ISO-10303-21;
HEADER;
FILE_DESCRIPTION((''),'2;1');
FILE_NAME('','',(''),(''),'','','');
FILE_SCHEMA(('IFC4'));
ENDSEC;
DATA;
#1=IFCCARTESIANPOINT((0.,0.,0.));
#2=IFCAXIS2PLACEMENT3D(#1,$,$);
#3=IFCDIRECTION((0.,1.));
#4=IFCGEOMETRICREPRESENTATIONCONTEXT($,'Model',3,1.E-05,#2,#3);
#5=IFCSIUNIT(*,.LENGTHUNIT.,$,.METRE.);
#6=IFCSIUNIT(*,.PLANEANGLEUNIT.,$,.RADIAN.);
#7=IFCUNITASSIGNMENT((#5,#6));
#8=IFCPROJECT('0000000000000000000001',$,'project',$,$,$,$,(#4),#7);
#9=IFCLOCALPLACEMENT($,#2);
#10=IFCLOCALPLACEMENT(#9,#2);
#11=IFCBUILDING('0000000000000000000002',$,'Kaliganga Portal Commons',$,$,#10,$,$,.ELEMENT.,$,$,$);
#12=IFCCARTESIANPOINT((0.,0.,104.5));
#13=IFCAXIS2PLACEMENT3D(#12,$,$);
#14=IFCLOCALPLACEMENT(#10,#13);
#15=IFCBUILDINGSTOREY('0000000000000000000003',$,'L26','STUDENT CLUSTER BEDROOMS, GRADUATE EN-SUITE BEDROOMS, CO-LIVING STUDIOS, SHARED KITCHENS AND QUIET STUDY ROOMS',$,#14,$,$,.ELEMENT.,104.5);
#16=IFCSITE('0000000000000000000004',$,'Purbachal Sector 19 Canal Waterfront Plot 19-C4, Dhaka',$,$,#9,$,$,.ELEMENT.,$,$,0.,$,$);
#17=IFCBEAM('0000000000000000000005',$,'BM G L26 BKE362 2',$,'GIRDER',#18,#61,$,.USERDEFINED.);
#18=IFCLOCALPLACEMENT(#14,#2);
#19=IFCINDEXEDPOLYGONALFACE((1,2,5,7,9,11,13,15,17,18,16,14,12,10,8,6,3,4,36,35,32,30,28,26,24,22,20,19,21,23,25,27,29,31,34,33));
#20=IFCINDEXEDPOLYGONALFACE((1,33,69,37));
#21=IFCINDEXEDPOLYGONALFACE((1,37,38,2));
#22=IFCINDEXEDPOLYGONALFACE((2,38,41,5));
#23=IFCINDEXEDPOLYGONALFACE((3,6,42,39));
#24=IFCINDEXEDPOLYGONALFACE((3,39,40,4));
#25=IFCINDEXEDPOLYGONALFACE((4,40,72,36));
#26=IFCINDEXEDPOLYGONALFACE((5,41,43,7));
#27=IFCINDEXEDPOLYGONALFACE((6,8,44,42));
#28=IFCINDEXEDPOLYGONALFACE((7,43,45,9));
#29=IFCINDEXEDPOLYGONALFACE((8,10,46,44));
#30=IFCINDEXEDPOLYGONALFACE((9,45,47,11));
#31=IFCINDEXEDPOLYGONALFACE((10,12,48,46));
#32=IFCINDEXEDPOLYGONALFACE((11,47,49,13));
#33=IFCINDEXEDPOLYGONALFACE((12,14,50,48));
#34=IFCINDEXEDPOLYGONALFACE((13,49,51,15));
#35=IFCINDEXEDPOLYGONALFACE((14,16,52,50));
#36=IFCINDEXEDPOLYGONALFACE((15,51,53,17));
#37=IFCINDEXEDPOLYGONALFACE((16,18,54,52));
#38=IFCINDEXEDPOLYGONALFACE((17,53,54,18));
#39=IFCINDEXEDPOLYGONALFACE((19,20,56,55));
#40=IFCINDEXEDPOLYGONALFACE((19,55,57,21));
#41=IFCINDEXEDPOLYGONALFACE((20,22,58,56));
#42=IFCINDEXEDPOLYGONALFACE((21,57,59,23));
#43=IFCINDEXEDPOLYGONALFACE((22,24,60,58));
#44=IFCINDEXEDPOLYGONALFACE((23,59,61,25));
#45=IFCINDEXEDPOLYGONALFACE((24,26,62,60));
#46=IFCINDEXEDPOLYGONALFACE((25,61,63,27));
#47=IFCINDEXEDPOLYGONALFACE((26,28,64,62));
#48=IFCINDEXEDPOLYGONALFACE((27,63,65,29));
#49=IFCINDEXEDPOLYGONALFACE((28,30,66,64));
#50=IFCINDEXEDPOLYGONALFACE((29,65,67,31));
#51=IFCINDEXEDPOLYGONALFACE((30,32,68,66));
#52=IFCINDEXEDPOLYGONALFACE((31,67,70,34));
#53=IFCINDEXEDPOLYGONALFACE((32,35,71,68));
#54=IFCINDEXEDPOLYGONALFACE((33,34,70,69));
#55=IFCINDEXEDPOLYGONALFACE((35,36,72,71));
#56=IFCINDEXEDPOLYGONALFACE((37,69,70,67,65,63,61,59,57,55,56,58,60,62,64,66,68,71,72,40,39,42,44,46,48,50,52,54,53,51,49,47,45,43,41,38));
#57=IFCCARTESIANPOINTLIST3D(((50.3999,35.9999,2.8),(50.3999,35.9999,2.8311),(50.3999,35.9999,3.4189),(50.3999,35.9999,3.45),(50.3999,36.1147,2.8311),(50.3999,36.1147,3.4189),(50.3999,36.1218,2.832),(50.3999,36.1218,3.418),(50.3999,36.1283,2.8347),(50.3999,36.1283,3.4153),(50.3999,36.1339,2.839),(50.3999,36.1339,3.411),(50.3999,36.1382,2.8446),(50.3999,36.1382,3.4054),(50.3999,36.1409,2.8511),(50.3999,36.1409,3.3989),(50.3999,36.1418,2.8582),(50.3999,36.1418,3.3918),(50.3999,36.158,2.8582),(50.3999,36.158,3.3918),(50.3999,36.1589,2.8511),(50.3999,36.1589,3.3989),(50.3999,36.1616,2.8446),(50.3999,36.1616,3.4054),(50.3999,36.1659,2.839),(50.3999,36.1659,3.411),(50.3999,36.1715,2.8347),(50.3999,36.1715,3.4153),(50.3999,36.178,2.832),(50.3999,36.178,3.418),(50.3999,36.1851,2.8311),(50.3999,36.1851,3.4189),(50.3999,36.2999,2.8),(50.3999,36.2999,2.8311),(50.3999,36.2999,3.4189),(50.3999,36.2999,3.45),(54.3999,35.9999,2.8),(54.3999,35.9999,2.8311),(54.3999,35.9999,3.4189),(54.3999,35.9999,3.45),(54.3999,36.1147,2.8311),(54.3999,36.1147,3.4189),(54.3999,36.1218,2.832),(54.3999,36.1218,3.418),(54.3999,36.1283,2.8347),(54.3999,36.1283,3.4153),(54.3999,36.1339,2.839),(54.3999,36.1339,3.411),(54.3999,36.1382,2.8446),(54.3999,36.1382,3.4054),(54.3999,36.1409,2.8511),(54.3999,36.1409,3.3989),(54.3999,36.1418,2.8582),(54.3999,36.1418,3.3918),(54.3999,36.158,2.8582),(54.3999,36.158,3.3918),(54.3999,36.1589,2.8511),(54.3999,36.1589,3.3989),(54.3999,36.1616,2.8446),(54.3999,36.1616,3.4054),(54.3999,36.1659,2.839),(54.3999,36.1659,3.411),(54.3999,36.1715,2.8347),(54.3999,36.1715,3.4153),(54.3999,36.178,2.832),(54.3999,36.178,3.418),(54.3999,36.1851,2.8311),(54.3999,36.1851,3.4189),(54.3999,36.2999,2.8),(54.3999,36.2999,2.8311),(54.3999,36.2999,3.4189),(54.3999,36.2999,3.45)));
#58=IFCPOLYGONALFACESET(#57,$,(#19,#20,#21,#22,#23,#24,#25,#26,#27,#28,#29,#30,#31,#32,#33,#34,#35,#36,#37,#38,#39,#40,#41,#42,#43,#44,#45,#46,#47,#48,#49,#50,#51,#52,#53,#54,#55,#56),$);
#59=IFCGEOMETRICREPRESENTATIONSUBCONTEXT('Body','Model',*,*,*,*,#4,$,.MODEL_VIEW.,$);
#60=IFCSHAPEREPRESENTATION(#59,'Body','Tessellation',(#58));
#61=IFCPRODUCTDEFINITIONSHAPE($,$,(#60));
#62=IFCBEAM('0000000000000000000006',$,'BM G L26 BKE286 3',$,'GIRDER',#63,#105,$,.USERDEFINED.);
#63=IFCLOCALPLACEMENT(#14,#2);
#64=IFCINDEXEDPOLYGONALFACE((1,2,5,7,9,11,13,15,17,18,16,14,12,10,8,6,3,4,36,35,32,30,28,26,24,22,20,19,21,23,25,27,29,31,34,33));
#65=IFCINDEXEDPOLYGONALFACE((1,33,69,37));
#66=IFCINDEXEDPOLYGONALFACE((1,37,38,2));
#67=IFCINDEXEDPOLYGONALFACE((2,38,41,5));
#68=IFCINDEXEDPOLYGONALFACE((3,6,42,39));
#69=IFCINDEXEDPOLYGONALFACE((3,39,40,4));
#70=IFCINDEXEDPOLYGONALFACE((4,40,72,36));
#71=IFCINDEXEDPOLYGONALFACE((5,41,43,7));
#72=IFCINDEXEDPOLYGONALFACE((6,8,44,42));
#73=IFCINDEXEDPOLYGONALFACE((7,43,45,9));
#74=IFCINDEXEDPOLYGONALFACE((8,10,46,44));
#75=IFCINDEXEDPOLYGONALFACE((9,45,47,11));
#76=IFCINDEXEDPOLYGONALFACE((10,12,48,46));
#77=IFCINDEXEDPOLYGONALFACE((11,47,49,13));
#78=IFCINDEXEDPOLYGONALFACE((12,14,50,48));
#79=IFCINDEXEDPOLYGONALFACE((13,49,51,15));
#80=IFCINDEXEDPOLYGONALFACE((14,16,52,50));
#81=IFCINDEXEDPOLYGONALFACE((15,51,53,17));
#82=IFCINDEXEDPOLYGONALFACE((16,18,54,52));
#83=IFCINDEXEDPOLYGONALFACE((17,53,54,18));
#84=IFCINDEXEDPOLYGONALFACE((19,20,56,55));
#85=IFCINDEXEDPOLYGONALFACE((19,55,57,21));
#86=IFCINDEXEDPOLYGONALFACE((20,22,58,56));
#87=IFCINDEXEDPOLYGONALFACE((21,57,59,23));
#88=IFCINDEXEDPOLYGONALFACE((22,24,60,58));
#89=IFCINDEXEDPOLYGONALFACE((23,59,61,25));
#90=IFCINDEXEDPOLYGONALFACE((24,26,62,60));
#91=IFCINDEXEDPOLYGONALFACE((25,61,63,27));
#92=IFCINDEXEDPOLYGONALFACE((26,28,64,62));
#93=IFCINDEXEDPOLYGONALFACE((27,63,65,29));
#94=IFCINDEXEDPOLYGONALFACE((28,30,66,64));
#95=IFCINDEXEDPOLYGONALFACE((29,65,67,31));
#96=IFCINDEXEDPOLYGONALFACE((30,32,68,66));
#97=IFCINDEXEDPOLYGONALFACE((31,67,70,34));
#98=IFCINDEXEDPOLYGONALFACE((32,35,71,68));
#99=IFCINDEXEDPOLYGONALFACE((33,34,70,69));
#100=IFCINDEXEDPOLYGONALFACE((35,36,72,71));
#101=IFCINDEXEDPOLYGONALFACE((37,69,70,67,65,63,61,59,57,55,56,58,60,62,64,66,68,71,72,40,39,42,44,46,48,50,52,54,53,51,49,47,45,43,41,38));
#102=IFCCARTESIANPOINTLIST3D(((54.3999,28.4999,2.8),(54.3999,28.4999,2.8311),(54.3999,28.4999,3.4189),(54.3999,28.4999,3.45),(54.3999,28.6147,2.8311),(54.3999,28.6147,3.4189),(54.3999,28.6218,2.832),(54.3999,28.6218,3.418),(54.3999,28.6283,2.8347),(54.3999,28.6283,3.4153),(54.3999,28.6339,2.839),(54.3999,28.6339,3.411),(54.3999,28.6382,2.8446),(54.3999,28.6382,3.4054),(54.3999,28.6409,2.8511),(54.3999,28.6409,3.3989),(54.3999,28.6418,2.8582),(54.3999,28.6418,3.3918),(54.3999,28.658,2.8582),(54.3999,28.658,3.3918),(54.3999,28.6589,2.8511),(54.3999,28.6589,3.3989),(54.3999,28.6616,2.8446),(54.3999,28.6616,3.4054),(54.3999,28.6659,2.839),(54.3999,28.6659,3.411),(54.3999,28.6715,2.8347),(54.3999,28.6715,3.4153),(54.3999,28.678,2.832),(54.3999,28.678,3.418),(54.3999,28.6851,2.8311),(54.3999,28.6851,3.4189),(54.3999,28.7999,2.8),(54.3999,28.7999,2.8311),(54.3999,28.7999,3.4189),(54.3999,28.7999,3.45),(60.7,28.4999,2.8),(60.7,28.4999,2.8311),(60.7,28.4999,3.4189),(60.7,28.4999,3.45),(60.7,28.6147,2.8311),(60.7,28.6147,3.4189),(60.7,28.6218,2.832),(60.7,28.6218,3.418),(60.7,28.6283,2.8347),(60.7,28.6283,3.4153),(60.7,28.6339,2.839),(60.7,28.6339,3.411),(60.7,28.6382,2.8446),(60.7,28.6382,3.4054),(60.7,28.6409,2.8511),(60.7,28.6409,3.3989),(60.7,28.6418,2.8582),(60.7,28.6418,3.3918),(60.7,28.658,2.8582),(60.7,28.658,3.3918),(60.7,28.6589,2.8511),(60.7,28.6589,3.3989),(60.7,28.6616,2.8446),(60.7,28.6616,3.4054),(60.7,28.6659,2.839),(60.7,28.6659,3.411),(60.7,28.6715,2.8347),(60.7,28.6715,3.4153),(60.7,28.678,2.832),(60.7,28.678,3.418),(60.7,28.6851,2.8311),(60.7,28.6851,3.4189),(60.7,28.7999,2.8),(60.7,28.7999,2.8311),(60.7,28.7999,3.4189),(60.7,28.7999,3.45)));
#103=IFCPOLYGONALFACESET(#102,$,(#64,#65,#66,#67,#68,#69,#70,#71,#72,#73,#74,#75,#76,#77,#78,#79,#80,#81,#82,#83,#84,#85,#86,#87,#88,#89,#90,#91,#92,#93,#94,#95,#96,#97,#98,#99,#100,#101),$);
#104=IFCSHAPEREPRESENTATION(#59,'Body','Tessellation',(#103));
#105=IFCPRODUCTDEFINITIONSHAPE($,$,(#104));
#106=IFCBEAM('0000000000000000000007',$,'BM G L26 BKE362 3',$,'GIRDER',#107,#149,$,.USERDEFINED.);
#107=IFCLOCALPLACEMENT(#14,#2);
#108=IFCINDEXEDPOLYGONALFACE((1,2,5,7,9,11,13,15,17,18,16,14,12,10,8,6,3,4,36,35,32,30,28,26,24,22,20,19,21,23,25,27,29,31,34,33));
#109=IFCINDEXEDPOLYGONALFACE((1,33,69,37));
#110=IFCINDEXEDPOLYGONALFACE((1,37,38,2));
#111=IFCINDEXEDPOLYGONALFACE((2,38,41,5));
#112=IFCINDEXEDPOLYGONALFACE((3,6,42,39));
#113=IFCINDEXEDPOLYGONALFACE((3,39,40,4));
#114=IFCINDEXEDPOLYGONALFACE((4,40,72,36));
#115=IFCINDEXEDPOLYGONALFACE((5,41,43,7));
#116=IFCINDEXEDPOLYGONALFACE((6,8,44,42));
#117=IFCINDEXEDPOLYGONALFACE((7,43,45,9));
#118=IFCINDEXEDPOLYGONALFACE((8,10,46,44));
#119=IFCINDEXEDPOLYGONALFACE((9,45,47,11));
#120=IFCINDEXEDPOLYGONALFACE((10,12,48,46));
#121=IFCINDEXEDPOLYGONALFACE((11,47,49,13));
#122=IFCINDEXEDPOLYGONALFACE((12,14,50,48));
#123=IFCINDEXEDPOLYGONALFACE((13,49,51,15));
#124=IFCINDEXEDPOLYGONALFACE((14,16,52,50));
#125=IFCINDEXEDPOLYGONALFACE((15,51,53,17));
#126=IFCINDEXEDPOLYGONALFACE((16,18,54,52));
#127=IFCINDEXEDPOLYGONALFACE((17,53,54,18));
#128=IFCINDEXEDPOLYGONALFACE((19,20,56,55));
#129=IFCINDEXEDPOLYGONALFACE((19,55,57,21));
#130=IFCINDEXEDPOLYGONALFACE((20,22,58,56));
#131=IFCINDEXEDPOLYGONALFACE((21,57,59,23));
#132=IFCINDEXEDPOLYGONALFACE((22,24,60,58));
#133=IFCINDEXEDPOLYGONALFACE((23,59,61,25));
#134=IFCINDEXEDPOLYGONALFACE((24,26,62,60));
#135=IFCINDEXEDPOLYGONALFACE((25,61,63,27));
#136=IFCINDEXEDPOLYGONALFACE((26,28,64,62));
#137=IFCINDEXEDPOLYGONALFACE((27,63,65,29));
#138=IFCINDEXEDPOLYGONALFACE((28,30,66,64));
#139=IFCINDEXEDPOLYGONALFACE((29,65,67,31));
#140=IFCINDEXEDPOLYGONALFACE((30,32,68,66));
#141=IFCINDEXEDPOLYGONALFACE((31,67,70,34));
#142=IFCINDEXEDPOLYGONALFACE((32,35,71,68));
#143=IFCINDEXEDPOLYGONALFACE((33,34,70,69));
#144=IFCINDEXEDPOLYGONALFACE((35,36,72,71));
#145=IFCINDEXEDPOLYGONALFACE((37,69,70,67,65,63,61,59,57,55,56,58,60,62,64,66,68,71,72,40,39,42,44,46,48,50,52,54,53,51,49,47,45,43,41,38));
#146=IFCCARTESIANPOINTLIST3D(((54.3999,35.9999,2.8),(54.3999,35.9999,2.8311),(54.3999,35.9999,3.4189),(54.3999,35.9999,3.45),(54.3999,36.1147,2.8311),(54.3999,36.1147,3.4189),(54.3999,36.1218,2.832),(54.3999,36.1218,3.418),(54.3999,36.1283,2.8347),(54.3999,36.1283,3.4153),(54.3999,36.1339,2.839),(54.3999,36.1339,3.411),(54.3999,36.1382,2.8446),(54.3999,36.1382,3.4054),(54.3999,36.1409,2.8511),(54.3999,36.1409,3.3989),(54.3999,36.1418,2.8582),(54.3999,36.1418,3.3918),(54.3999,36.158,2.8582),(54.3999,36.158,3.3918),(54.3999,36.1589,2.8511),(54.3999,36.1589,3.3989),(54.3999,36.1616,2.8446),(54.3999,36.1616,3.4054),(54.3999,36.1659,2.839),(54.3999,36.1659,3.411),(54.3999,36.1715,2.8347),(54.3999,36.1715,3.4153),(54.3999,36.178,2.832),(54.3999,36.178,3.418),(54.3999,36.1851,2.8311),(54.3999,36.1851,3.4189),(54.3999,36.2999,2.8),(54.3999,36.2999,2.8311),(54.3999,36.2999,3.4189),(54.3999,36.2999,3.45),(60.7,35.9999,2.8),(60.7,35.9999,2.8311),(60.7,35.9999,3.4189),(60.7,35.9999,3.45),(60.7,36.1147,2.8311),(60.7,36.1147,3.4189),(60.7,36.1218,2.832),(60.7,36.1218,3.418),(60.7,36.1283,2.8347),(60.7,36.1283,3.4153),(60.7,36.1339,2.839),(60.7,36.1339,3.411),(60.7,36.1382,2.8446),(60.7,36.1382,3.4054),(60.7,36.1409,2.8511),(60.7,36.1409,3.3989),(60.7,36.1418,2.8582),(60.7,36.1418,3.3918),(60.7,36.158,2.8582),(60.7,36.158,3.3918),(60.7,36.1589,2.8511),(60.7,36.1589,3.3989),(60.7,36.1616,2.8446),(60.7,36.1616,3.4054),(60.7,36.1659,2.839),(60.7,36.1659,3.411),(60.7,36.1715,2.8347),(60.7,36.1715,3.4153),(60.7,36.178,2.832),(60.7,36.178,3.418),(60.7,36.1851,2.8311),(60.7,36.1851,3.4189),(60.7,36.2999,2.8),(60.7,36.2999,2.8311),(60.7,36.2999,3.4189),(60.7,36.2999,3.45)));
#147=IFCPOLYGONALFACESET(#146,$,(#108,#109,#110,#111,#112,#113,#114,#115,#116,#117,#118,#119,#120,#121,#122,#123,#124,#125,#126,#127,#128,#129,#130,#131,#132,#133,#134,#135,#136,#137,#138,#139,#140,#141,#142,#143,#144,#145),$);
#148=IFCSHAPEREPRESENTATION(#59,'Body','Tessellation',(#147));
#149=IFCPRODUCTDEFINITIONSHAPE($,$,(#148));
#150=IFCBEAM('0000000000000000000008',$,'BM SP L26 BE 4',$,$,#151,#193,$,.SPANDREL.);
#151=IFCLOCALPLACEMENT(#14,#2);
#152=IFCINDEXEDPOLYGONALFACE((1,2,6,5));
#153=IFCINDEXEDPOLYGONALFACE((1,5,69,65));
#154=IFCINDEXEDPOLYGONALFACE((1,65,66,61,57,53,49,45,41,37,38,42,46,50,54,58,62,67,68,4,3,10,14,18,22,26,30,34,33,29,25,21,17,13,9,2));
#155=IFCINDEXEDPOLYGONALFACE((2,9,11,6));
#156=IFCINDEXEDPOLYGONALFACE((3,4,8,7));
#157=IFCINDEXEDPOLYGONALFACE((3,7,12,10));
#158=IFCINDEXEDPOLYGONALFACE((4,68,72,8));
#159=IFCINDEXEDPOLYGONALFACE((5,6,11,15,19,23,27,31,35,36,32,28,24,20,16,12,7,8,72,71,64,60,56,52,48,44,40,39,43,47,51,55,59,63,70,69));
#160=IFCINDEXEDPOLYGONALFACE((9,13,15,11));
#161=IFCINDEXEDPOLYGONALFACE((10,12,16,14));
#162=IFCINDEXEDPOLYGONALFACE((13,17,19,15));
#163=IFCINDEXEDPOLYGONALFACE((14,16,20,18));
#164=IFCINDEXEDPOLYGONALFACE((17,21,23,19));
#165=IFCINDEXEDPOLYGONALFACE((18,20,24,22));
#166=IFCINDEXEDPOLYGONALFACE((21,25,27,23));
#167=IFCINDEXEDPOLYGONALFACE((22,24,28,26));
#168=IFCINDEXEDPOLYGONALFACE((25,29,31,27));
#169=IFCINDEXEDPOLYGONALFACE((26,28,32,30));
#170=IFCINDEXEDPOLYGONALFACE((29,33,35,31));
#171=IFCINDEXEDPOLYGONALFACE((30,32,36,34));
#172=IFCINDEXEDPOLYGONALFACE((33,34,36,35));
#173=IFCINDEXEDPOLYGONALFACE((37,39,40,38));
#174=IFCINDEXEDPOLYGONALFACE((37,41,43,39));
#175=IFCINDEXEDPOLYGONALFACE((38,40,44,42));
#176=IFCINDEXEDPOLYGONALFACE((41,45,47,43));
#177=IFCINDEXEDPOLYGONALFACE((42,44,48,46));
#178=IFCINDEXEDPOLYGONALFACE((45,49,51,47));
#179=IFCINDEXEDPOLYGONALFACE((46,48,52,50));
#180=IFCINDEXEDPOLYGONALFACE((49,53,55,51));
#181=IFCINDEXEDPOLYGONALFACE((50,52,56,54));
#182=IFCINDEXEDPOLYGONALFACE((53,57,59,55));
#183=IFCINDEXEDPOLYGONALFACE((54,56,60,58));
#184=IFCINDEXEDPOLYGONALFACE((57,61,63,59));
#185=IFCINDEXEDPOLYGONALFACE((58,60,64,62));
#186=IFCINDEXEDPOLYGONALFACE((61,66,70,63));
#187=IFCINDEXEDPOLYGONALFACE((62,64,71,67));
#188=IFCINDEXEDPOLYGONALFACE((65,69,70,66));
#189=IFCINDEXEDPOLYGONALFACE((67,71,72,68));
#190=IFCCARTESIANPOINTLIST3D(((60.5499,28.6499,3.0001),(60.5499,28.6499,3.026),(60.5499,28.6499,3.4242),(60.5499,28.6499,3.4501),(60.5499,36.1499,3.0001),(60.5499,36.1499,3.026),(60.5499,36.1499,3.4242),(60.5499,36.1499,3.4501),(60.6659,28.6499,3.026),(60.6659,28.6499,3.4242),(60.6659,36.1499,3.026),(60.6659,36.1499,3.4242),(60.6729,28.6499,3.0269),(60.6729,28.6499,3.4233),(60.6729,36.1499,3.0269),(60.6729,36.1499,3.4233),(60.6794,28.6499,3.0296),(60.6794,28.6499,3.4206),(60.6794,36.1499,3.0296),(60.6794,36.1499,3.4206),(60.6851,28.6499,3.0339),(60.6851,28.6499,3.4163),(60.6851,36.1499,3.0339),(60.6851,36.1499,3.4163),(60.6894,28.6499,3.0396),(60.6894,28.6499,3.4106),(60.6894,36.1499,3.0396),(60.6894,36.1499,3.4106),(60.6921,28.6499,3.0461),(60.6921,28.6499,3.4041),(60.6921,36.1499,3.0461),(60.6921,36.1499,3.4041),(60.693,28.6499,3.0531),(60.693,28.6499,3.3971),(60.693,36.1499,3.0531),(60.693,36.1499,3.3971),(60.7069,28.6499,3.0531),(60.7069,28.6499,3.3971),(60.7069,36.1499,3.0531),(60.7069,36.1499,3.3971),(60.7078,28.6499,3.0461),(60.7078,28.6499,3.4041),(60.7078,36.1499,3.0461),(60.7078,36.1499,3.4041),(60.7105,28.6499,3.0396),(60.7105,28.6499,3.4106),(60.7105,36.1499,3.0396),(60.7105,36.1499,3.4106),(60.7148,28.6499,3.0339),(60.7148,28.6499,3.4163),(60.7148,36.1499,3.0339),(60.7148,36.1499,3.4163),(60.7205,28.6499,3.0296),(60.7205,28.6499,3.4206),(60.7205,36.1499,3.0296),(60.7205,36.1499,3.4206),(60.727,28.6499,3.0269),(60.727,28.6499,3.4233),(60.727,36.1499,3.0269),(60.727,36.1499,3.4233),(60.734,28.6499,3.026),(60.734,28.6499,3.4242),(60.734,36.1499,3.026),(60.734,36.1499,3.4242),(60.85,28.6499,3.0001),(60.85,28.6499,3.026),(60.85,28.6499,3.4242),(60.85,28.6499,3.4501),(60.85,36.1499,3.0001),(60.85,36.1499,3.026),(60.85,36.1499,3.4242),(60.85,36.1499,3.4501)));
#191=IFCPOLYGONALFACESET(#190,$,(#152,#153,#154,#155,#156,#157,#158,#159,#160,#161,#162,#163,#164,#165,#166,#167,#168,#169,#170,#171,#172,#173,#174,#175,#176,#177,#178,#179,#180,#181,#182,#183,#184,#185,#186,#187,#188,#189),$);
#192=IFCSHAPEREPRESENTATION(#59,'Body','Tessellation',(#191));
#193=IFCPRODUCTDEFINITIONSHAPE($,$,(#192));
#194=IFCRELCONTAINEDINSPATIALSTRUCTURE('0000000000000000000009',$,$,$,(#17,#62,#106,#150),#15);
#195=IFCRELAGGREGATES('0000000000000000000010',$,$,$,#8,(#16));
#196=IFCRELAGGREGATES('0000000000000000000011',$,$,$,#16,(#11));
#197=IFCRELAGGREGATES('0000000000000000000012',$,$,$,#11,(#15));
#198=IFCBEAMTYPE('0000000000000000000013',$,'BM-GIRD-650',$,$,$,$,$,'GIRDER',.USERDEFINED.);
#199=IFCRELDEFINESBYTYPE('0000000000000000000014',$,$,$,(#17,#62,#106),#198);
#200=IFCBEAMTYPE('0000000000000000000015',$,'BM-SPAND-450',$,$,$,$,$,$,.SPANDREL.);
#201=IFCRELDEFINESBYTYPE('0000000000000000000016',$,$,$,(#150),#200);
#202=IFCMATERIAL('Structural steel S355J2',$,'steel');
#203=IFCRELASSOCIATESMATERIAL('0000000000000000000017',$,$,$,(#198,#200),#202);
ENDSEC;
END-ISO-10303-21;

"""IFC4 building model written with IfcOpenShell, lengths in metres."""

from ifc_helpers import new_model, si_unit, direction, frame, origin, origin_2d, place, context, subcontext, project, spatial, i_section, extrude, source, transform, mapped, material, material_profile, profile_set, type_object, element, save


model = new_model("IFC4")

# Units and contexts
model_context = context("Model", 3, precision=1e-05, world=origin(), true_north=direction((0.0, 1.0)))
body_context = subcontext(model_context, "Body", "Model", "MODEL_VIEW")
ifc_project = project(units=[si_unit("LENGTHUNIT", "METRE"), si_unit("PLANEANGLEUNIT", "RADIAN")], contexts=[model_context])

# Site, building, storey
site_placement = place(None, origin())
site = spatial("IfcSite", under=ifc_project, at=site_placement, Name="Purbachal Sector 19 Canal Waterfront Plot 19-C4, Dhaka", CompositionType="ELEMENT", RefElevation=0.0)
building_placement = place(site_placement, origin())
building = spatial("IfcBuilding", under=site, at=building_placement, Name="Kaliganga Portal Commons", CompositionType="ELEMENT")
storey_placement = place(building_placement, frame((0.0, 0.0, 104.5)))
storey = spatial("IfcBuildingStorey", under=building, at=storey_placement, Name="L26", Description="STUDENT CLUSTER BEDROOMS, GRADUATE EN-SUITE BEDROOMS, CO-LIVING STUDIOS, SHARED KITCHENS AND QUIET STUDY ROOMS", CompositionType="ELEMENT", Elevation=104.5)

# Beams
ifc_material_1 = material(Name="Structural steel S355J2", Category="steel")
ifc_material_profile_1 = material_profile(ifc_material_1, i_section(OverallWidth=0.3, OverallDepth=0.6499, WebThickness=0.0161, FlangeThickness=0.031, FilletRadius=0.0271, at=origin_2d()), Name="HE 650 B")
ifc_profile_set_1 = profile_set([ifc_material_profile_1], Name="Structural steel S355J2 wide-flange")
beam_type_1 = type_object("IfcBeamType", Name="BM-GIRD-650", ElementType="GIRDER", PredefinedType="USERDEFINED", material=ifc_profile_set_1)
shared_shape_1 = source(origin(), body_context, "Body", "SweptSolid", [
    extrude(i_section(OverallWidth=0.3, OverallDepth=0.6499, WebThickness=0.0161, FlangeThickness=0.031, FilletRadius=0.0271, at=origin_2d()), origin(), (0.0, 0.0, 1.0), 4.0),
])
beam_1_placement = place(storey_placement, frame((50.3999, 36.1499, 3.125), z_axis=(1.0, 0.0, 0.0), x_axis=(0.0, 1.0, 0.0)))
element("IfcBeam", 1, at=beam_1_placement, inside=storey, type_object=beam_type_1, Name="BM G L26 BKE362 2", ObjectType="GIRDER", PredefinedType="USERDEFINED", context=body_context, shape_type="MappedRepresentation", body=[
    mapped(shared_shape_1, transform((0.0, 0.0, 0.0), x_axis=(1.0, 0.0, 0.0), y_axis=(0.0, 1.0, 0.0), z_axis=(0.0, 0.0, 1.0), scale=1.0)),
])
shared_shape_2 = source(origin(), body_context, "Body", "SweptSolid", [
    extrude(i_section(OverallWidth=0.3, OverallDepth=0.6499, WebThickness=0.0161, FlangeThickness=0.031, FilletRadius=0.0271, at=origin_2d()), origin(), (0.0, 0.0, 1.0), 6.3),
])
for number, where, z_axis, x_axis, name in (
    (2, (54.3999, 28.6499, 3.125), (1.0, 0.0, 0.0), (0.0, 1.0, 0.0), "BM G L26 BKE286 3"),
    (3, (54.3999, 36.1499, 3.125), (1.0, 0.0, 0.0), (0.0, 1.0, 0.0), "BM G L26 BKE362 3"),
):
    element("IfcBeam", number, at=place(storey_placement, frame(where, z_axis=z_axis, x_axis=x_axis)), inside=storey, type_object=beam_type_1, Name=name, ObjectType="GIRDER", PredefinedType="USERDEFINED", context=body_context, shape_type="MappedRepresentation", body=[
        mapped(shared_shape_2, transform((0.0, 0.0, 0.0), x_axis=(1.0, 0.0, 0.0), y_axis=(0.0, 1.0, 0.0), z_axis=(0.0, 0.0, 1.0), scale=1.0)),
    ])
ifc_material_profile_2 = material_profile(ifc_material_1, i_section(OverallWidth=0.3, OverallDepth=0.45, WebThickness=0.0139, FlangeThickness=0.0259, FilletRadius=0.0271, at=origin_2d()), Name="HE 450 B")
ifc_profile_set_2 = profile_set([ifc_material_profile_2], Name="Structural steel S355J2 wide-flange")
beam_type_2 = type_object("IfcBeamType", Name="BM-SPAND-450", PredefinedType="SPANDREL", material=ifc_profile_set_2)
shared_shape_3 = source(origin(), body_context, "Body", "SweptSolid", [
    extrude(i_section(OverallWidth=0.3, OverallDepth=0.45, WebThickness=0.0139, FlangeThickness=0.0259, FilletRadius=0.0271, at=origin_2d()), origin(), (0.0, 0.0, 1.0), 7.5),
])
beam_2_placement = place(storey_placement, frame((60.7, 28.6499, 3.2251), z_axis=(0.0, 1.0, 0.0), x_axis=(-1.0, 0.0, 0.0)))
element("IfcBeam", 4, at=beam_2_placement, inside=storey, type_object=beam_type_2, Name="BM SP L26 BE 4", PredefinedType="SPANDREL", context=body_context, shape_type="MappedRepresentation", body=[
    mapped(shared_shape_3, transform((0.0, 0.0, 0.0), x_axis=(1.0, 0.0, 0.0), y_axis=(0.0, 1.0, 0.0), z_axis=(0.0, 0.0, 1.0), scale=1.0)),
])

save(model, "model.ifc")
